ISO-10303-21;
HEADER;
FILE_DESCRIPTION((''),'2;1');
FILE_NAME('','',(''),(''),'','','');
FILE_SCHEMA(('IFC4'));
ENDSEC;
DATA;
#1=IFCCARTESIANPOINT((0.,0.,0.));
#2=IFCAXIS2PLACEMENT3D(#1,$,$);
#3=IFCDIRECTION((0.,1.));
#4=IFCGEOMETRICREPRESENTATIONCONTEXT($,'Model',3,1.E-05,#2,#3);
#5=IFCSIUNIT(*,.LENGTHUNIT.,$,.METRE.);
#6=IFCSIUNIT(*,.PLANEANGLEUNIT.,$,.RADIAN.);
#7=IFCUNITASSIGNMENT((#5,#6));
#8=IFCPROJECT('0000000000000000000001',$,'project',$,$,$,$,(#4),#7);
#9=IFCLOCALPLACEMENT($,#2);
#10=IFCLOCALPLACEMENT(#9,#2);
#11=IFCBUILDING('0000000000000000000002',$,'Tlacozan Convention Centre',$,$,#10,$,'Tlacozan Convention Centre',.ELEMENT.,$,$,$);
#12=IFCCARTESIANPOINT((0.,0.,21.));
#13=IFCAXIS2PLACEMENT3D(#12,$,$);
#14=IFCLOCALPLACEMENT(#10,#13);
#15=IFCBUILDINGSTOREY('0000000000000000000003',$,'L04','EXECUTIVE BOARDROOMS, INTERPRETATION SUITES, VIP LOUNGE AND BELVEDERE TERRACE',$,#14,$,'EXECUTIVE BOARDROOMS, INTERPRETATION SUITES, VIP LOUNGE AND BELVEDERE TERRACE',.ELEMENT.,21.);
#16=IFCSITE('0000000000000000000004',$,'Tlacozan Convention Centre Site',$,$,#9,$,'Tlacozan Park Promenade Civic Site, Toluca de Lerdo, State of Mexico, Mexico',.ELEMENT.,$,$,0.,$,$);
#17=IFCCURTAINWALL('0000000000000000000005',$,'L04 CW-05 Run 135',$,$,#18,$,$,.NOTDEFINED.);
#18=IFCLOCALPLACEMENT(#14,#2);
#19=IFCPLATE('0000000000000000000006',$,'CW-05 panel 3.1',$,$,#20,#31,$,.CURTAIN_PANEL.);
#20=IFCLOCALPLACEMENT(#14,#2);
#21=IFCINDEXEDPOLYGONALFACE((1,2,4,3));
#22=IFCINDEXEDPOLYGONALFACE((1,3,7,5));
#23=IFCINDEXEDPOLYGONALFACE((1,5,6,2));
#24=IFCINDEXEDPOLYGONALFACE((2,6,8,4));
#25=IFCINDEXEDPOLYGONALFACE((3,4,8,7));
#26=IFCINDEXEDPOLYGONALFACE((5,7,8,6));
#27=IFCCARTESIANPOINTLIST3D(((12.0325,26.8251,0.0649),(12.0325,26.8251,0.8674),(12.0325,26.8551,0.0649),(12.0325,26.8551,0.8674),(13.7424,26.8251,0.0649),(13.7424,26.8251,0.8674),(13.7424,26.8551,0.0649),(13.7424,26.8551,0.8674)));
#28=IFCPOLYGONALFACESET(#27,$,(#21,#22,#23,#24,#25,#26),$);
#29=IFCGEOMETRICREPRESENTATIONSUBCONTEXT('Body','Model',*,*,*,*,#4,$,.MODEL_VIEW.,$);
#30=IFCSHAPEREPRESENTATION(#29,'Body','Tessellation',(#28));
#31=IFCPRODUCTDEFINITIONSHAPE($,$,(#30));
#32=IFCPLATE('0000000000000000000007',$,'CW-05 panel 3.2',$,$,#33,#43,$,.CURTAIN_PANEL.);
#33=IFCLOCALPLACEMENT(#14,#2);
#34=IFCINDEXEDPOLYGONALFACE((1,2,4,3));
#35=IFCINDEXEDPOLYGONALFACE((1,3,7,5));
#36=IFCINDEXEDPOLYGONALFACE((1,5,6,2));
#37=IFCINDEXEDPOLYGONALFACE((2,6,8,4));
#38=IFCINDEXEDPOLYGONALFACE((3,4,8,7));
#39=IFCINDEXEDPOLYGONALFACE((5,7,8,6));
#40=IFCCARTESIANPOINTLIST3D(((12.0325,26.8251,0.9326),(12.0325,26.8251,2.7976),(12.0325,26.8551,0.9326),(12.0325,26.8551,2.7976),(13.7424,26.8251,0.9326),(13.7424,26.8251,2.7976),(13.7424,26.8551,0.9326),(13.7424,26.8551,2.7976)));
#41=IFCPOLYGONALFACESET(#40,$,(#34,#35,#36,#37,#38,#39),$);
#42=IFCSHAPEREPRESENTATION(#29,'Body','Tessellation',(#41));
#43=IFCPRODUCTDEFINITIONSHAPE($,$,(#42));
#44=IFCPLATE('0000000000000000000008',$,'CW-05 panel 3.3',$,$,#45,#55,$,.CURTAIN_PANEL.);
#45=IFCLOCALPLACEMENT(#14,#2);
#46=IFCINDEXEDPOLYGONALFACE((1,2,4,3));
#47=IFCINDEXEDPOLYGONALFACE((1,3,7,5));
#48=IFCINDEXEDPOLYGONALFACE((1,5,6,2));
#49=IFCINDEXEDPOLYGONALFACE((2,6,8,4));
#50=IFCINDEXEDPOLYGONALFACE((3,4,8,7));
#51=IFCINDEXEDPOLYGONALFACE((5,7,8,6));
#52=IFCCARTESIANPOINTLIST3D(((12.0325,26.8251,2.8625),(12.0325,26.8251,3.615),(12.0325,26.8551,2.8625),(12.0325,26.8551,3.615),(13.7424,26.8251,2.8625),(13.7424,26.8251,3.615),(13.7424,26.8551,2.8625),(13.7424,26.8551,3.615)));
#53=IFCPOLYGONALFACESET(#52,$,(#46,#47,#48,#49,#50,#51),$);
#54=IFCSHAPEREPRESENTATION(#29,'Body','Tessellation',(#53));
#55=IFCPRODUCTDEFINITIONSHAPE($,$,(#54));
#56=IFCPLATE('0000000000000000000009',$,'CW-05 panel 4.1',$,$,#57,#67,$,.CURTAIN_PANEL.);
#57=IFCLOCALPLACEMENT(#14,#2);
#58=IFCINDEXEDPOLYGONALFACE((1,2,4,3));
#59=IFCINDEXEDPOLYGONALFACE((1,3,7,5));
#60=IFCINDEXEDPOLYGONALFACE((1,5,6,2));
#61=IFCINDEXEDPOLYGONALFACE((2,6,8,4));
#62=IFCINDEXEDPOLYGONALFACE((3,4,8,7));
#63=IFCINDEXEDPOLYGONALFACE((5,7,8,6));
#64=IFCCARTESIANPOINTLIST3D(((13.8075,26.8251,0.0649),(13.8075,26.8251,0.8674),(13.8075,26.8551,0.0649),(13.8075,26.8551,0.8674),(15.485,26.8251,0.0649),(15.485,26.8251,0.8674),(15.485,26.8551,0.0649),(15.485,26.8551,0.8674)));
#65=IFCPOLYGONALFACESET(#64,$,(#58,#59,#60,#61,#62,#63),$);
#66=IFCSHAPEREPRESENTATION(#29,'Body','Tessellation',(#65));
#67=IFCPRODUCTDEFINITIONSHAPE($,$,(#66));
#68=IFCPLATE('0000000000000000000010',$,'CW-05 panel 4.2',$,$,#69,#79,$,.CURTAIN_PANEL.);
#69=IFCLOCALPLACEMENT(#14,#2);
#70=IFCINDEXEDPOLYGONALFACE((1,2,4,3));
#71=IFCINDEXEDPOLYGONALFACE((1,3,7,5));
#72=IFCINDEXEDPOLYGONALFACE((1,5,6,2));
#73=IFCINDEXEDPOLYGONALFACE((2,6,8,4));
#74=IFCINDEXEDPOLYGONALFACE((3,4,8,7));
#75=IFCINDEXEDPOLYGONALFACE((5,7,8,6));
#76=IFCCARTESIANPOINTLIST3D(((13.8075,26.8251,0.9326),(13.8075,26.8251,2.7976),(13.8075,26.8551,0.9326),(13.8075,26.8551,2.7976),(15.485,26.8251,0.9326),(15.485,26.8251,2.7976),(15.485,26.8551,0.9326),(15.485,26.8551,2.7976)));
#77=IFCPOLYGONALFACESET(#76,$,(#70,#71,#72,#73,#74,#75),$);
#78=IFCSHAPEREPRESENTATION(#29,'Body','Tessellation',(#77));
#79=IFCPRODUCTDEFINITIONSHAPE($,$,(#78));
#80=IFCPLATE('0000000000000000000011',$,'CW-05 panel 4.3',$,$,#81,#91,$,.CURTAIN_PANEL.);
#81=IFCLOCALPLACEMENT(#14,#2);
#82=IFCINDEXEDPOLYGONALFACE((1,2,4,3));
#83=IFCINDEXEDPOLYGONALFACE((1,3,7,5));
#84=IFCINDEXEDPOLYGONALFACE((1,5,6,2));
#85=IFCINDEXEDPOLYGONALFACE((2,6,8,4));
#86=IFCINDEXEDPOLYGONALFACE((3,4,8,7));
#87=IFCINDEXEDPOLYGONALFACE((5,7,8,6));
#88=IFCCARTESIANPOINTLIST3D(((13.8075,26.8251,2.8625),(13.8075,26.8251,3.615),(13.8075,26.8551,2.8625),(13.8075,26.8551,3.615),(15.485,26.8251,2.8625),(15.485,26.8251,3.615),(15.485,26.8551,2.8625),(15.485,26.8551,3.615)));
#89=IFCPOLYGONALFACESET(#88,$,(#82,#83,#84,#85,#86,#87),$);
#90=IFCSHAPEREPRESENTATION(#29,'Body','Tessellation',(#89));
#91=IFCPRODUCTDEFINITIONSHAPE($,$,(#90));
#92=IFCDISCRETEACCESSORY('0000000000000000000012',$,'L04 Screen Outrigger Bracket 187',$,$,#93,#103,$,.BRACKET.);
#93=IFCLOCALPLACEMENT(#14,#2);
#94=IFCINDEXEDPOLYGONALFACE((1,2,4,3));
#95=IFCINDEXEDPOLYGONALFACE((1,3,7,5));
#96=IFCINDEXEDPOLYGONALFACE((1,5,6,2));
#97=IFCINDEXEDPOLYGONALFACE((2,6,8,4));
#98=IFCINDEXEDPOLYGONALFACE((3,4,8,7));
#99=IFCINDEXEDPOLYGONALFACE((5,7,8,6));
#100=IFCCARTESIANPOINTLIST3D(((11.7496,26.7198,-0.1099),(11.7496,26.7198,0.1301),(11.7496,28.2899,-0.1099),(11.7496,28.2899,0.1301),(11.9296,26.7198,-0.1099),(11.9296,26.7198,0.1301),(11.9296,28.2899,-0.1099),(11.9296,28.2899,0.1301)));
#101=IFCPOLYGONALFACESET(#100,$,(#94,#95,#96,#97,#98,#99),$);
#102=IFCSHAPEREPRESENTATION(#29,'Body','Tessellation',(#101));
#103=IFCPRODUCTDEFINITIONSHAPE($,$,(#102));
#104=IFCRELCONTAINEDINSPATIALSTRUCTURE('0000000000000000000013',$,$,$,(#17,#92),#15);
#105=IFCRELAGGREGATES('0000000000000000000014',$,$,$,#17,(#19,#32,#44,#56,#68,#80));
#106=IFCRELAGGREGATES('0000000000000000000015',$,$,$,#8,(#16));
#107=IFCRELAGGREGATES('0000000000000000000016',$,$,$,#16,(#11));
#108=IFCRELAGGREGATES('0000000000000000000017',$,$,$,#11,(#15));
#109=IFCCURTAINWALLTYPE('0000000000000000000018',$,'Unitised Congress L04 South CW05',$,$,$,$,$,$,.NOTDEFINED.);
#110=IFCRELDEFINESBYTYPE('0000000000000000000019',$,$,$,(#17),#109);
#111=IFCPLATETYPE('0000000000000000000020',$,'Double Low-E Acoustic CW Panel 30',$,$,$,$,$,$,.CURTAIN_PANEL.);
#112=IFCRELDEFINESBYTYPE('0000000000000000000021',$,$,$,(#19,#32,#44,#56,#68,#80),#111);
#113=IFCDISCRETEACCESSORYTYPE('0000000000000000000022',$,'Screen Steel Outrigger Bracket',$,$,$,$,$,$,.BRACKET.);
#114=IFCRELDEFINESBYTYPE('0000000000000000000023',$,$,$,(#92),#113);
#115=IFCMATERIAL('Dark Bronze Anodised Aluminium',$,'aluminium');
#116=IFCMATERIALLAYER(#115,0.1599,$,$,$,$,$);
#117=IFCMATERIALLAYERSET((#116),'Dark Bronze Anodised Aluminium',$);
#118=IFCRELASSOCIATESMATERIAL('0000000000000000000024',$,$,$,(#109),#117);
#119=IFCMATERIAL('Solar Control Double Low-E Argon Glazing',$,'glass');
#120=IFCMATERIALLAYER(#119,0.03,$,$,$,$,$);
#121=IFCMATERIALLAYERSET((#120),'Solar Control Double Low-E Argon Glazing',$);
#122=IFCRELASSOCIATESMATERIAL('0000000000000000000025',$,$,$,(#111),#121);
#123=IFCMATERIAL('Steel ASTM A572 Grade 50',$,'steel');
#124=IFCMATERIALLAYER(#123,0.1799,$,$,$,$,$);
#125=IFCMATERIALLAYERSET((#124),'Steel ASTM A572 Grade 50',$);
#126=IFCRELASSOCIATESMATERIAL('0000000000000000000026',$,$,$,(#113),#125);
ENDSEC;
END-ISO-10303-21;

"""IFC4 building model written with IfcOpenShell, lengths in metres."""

from ifc_helpers import new_model, si_unit, direction, frame, origin, origin_2d, place, context, subcontext, project, spatial, rectangle, extrude, material, layer, layer_set, type_object, element, aggregate, save


model = new_model("IFC4")

# Units and contexts
model_context = context("Model", 3, precision=1e-05, world=origin(), true_north=direction((0.0, 1.0)))
body_context = subcontext(model_context, "Body", "Model", "MODEL_VIEW")
ifc_project = project(units=[si_unit("LENGTHUNIT", "METRE"), si_unit("PLANEANGLEUNIT", "RADIAN")], contexts=[model_context])

# Site, building, storey
site_placement = place(None, origin())
site = spatial("IfcSite", under=ifc_project, at=site_placement, Name="Tlacozan Convention Centre Site", LongName="Tlacozan Park Promenade Civic Site, Toluca de Lerdo, State of Mexico, Mexico", CompositionType="ELEMENT", RefElevation=0.0)
building_placement = place(site_placement, origin())
building = spatial("IfcBuilding", under=site, at=building_placement, Name="Tlacozan Convention Centre", LongName="Tlacozan Convention Centre", CompositionType="ELEMENT")
storey_placement = place(building_placement, frame((0.0, 0.0, 21.0)))
storey = spatial("IfcBuildingStorey", under=building, at=storey_placement, Name="L04", Description="EXECUTIVE BOARDROOMS, INTERPRETATION SUITES, VIP LOUNGE AND BELVEDERE TERRACE", LongName="EXECUTIVE BOARDROOMS, INTERPRETATION SUITES, VIP LOUNGE AND BELVEDERE TERRACE", CompositionType="ELEMENT", Elevation=21.0)

# Curtain wall
ifc_material_1 = material(Name="Dark Bronze Anodised Aluminium", Category="aluminium")
ifc_layer_1 = layer(ifc_material_1, 0.1599)
ifc_layer_set_1 = layer_set([ifc_layer_1], Name="Dark Bronze Anodised Aluminium")
curtain_wall_type = type_object("IfcCurtainWallType", Name="Unitised Congress L04 South CW05", PredefinedType="NOTDEFINED", material=ifc_layer_set_1)
curtain_wall_placement = place(storey_placement, origin())
curtain_wall = element("IfcCurtainWall", 1, at=curtain_wall_placement, inside=storey, type_object=curtain_wall_type, Name="L04 CW-05 Run 135", PredefinedType="NOTDEFINED")

# Plates
ifc_material_2 = material(Name="Solar Control Double Low-E Argon Glazing", Category="glass")
ifc_layer_2 = layer(ifc_material_2, 0.03)
ifc_layer_set_2 = layer_set([ifc_layer_2], Name="Solar Control Double Low-E Argon Glazing")
plate_type = type_object("IfcPlateType", Name="Double Low-E Acoustic CW Panel 30", PredefinedType="CURTAIN_PANEL", material=ifc_layer_set_2)
plate_1_placement = place(storey_placement, frame((12.8875, 26.8401, 0.0649), z_axis=(0.0, 0.0, 1.0), x_axis=(1.0, 0.0, 0.0)))
plate_1 = element("IfcPlate", 2, at=plate_1_placement, type_object=plate_type, Name="CW-05 panel 3.1", PredefinedType="CURTAIN_PANEL", context=body_context, shape_type="SweptSolid", body=[
    extrude(rectangle(XDim=1.71, YDim=0.03, at=origin_2d()), origin(), (0.0, 0.0, 1.0), 0.8025),
])
plate_2_placement = place(storey_placement, frame((12.8875, 26.8401, 0.9326), z_axis=(0.0, 0.0, 1.0), x_axis=(1.0, 0.0, 0.0)))
plate_2 = element("IfcPlate", 3, at=plate_2_placement, type_object=plate_type, Name="CW-05 panel 3.2", PredefinedType="CURTAIN_PANEL", context=body_context, shape_type="SweptSolid", body=[
    extrude(rectangle(XDim=1.71, YDim=0.03, at=origin_2d()), origin(), (0.0, 0.0, 1.0), 1.865),
])
plate_3_placement = place(storey_placement, frame((12.8875, 26.8401, 2.8625), z_axis=(0.0, 0.0, 1.0), x_axis=(1.0, 0.0, 0.0)))
plate_3 = element("IfcPlate", 4, at=plate_3_placement, type_object=plate_type, Name="CW-05 panel 3.3", PredefinedType="CURTAIN_PANEL", context=body_context, shape_type="SweptSolid", body=[
    extrude(rectangle(XDim=1.71, YDim=0.03, at=origin_2d()), origin(), (0.0, 0.0, 1.0), 0.7524),
])
plate_4_placement = place(storey_placement, frame((14.6462, 26.8401, 0.0649), z_axis=(0.0, 0.0, 1.0), x_axis=(1.0, 0.0, 0.0)))
plate_4 = element("IfcPlate", 5, at=plate_4_placement, type_object=plate_type, Name="CW-05 panel 4.1", PredefinedType="CURTAIN_PANEL", context=body_context, shape_type="SweptSolid", body=[
    extrude(rectangle(XDim=1.6775, YDim=0.03, at=origin_2d()), origin(), (0.0, 0.0, 1.0), 0.8025),
])
plate_5_placement = place(storey_placement, frame((14.6462, 26.8401, 0.9326), z_axis=(0.0, 0.0, 1.0), x_axis=(1.0, 0.0, 0.0)))
plate_5 = element("IfcPlate", 6, at=plate_5_placement, type_object=plate_type, Name="CW-05 panel 4.2", PredefinedType="CURTAIN_PANEL", context=body_context, shape_type="SweptSolid", body=[
    extrude(rectangle(XDim=1.6775, YDim=0.03, at=origin_2d()), origin(), (0.0, 0.0, 1.0), 1.865),
])
plate_6_placement = place(storey_placement, frame((14.6462, 26.8401, 2.8625), z_axis=(0.0, 0.0, 1.0), x_axis=(1.0, 0.0, 0.0)))
plate_6 = element("IfcPlate", 7, at=plate_6_placement, type_object=plate_type, Name="CW-05 panel 4.3", PredefinedType="CURTAIN_PANEL", context=body_context, shape_type="SweptSolid", body=[
    extrude(rectangle(XDim=1.6775, YDim=0.03, at=origin_2d()), origin(), (0.0, 0.0, 1.0), 0.7524),
])
aggregate(curtain_wall, [plate_1, plate_2, plate_3, plate_4, plate_5, plate_6])

# Discrete accessory
ifc_material_3 = material(Name="Steel ASTM A572 Grade 50", Category="steel")
ifc_layer_3 = layer(ifc_material_3, 0.1799)
ifc_layer_set_3 = layer_set([ifc_layer_3], Name="Steel ASTM A572 Grade 50")
discrete_accessory_type = type_object("IfcDiscreteAccessoryType", Name="Screen Steel Outrigger Bracket", PredefinedType="BRACKET", material=ifc_layer_set_3)
discrete_accessory_placement = place(storey_placement, frame((11.8396, 27.5049, -0.1099), z_axis=(0.0, 0.0, 1.0), x_axis=(0.0, -1.0, 0.0)))
element("IfcDiscreteAccessory", 8, at=discrete_accessory_placement, inside=storey, type_object=discrete_accessory_type, Name="L04 Screen Outrigger Bracket 187", PredefinedType="BRACKET", context=body_context, shape_type="SweptSolid", body=[
    extrude(rectangle(XDim=1.5701, YDim=0.1799, at=origin_2d()), origin(), (0.0, 0.0, 1.0), 0.24),
])

save(model, "model.ifc")
